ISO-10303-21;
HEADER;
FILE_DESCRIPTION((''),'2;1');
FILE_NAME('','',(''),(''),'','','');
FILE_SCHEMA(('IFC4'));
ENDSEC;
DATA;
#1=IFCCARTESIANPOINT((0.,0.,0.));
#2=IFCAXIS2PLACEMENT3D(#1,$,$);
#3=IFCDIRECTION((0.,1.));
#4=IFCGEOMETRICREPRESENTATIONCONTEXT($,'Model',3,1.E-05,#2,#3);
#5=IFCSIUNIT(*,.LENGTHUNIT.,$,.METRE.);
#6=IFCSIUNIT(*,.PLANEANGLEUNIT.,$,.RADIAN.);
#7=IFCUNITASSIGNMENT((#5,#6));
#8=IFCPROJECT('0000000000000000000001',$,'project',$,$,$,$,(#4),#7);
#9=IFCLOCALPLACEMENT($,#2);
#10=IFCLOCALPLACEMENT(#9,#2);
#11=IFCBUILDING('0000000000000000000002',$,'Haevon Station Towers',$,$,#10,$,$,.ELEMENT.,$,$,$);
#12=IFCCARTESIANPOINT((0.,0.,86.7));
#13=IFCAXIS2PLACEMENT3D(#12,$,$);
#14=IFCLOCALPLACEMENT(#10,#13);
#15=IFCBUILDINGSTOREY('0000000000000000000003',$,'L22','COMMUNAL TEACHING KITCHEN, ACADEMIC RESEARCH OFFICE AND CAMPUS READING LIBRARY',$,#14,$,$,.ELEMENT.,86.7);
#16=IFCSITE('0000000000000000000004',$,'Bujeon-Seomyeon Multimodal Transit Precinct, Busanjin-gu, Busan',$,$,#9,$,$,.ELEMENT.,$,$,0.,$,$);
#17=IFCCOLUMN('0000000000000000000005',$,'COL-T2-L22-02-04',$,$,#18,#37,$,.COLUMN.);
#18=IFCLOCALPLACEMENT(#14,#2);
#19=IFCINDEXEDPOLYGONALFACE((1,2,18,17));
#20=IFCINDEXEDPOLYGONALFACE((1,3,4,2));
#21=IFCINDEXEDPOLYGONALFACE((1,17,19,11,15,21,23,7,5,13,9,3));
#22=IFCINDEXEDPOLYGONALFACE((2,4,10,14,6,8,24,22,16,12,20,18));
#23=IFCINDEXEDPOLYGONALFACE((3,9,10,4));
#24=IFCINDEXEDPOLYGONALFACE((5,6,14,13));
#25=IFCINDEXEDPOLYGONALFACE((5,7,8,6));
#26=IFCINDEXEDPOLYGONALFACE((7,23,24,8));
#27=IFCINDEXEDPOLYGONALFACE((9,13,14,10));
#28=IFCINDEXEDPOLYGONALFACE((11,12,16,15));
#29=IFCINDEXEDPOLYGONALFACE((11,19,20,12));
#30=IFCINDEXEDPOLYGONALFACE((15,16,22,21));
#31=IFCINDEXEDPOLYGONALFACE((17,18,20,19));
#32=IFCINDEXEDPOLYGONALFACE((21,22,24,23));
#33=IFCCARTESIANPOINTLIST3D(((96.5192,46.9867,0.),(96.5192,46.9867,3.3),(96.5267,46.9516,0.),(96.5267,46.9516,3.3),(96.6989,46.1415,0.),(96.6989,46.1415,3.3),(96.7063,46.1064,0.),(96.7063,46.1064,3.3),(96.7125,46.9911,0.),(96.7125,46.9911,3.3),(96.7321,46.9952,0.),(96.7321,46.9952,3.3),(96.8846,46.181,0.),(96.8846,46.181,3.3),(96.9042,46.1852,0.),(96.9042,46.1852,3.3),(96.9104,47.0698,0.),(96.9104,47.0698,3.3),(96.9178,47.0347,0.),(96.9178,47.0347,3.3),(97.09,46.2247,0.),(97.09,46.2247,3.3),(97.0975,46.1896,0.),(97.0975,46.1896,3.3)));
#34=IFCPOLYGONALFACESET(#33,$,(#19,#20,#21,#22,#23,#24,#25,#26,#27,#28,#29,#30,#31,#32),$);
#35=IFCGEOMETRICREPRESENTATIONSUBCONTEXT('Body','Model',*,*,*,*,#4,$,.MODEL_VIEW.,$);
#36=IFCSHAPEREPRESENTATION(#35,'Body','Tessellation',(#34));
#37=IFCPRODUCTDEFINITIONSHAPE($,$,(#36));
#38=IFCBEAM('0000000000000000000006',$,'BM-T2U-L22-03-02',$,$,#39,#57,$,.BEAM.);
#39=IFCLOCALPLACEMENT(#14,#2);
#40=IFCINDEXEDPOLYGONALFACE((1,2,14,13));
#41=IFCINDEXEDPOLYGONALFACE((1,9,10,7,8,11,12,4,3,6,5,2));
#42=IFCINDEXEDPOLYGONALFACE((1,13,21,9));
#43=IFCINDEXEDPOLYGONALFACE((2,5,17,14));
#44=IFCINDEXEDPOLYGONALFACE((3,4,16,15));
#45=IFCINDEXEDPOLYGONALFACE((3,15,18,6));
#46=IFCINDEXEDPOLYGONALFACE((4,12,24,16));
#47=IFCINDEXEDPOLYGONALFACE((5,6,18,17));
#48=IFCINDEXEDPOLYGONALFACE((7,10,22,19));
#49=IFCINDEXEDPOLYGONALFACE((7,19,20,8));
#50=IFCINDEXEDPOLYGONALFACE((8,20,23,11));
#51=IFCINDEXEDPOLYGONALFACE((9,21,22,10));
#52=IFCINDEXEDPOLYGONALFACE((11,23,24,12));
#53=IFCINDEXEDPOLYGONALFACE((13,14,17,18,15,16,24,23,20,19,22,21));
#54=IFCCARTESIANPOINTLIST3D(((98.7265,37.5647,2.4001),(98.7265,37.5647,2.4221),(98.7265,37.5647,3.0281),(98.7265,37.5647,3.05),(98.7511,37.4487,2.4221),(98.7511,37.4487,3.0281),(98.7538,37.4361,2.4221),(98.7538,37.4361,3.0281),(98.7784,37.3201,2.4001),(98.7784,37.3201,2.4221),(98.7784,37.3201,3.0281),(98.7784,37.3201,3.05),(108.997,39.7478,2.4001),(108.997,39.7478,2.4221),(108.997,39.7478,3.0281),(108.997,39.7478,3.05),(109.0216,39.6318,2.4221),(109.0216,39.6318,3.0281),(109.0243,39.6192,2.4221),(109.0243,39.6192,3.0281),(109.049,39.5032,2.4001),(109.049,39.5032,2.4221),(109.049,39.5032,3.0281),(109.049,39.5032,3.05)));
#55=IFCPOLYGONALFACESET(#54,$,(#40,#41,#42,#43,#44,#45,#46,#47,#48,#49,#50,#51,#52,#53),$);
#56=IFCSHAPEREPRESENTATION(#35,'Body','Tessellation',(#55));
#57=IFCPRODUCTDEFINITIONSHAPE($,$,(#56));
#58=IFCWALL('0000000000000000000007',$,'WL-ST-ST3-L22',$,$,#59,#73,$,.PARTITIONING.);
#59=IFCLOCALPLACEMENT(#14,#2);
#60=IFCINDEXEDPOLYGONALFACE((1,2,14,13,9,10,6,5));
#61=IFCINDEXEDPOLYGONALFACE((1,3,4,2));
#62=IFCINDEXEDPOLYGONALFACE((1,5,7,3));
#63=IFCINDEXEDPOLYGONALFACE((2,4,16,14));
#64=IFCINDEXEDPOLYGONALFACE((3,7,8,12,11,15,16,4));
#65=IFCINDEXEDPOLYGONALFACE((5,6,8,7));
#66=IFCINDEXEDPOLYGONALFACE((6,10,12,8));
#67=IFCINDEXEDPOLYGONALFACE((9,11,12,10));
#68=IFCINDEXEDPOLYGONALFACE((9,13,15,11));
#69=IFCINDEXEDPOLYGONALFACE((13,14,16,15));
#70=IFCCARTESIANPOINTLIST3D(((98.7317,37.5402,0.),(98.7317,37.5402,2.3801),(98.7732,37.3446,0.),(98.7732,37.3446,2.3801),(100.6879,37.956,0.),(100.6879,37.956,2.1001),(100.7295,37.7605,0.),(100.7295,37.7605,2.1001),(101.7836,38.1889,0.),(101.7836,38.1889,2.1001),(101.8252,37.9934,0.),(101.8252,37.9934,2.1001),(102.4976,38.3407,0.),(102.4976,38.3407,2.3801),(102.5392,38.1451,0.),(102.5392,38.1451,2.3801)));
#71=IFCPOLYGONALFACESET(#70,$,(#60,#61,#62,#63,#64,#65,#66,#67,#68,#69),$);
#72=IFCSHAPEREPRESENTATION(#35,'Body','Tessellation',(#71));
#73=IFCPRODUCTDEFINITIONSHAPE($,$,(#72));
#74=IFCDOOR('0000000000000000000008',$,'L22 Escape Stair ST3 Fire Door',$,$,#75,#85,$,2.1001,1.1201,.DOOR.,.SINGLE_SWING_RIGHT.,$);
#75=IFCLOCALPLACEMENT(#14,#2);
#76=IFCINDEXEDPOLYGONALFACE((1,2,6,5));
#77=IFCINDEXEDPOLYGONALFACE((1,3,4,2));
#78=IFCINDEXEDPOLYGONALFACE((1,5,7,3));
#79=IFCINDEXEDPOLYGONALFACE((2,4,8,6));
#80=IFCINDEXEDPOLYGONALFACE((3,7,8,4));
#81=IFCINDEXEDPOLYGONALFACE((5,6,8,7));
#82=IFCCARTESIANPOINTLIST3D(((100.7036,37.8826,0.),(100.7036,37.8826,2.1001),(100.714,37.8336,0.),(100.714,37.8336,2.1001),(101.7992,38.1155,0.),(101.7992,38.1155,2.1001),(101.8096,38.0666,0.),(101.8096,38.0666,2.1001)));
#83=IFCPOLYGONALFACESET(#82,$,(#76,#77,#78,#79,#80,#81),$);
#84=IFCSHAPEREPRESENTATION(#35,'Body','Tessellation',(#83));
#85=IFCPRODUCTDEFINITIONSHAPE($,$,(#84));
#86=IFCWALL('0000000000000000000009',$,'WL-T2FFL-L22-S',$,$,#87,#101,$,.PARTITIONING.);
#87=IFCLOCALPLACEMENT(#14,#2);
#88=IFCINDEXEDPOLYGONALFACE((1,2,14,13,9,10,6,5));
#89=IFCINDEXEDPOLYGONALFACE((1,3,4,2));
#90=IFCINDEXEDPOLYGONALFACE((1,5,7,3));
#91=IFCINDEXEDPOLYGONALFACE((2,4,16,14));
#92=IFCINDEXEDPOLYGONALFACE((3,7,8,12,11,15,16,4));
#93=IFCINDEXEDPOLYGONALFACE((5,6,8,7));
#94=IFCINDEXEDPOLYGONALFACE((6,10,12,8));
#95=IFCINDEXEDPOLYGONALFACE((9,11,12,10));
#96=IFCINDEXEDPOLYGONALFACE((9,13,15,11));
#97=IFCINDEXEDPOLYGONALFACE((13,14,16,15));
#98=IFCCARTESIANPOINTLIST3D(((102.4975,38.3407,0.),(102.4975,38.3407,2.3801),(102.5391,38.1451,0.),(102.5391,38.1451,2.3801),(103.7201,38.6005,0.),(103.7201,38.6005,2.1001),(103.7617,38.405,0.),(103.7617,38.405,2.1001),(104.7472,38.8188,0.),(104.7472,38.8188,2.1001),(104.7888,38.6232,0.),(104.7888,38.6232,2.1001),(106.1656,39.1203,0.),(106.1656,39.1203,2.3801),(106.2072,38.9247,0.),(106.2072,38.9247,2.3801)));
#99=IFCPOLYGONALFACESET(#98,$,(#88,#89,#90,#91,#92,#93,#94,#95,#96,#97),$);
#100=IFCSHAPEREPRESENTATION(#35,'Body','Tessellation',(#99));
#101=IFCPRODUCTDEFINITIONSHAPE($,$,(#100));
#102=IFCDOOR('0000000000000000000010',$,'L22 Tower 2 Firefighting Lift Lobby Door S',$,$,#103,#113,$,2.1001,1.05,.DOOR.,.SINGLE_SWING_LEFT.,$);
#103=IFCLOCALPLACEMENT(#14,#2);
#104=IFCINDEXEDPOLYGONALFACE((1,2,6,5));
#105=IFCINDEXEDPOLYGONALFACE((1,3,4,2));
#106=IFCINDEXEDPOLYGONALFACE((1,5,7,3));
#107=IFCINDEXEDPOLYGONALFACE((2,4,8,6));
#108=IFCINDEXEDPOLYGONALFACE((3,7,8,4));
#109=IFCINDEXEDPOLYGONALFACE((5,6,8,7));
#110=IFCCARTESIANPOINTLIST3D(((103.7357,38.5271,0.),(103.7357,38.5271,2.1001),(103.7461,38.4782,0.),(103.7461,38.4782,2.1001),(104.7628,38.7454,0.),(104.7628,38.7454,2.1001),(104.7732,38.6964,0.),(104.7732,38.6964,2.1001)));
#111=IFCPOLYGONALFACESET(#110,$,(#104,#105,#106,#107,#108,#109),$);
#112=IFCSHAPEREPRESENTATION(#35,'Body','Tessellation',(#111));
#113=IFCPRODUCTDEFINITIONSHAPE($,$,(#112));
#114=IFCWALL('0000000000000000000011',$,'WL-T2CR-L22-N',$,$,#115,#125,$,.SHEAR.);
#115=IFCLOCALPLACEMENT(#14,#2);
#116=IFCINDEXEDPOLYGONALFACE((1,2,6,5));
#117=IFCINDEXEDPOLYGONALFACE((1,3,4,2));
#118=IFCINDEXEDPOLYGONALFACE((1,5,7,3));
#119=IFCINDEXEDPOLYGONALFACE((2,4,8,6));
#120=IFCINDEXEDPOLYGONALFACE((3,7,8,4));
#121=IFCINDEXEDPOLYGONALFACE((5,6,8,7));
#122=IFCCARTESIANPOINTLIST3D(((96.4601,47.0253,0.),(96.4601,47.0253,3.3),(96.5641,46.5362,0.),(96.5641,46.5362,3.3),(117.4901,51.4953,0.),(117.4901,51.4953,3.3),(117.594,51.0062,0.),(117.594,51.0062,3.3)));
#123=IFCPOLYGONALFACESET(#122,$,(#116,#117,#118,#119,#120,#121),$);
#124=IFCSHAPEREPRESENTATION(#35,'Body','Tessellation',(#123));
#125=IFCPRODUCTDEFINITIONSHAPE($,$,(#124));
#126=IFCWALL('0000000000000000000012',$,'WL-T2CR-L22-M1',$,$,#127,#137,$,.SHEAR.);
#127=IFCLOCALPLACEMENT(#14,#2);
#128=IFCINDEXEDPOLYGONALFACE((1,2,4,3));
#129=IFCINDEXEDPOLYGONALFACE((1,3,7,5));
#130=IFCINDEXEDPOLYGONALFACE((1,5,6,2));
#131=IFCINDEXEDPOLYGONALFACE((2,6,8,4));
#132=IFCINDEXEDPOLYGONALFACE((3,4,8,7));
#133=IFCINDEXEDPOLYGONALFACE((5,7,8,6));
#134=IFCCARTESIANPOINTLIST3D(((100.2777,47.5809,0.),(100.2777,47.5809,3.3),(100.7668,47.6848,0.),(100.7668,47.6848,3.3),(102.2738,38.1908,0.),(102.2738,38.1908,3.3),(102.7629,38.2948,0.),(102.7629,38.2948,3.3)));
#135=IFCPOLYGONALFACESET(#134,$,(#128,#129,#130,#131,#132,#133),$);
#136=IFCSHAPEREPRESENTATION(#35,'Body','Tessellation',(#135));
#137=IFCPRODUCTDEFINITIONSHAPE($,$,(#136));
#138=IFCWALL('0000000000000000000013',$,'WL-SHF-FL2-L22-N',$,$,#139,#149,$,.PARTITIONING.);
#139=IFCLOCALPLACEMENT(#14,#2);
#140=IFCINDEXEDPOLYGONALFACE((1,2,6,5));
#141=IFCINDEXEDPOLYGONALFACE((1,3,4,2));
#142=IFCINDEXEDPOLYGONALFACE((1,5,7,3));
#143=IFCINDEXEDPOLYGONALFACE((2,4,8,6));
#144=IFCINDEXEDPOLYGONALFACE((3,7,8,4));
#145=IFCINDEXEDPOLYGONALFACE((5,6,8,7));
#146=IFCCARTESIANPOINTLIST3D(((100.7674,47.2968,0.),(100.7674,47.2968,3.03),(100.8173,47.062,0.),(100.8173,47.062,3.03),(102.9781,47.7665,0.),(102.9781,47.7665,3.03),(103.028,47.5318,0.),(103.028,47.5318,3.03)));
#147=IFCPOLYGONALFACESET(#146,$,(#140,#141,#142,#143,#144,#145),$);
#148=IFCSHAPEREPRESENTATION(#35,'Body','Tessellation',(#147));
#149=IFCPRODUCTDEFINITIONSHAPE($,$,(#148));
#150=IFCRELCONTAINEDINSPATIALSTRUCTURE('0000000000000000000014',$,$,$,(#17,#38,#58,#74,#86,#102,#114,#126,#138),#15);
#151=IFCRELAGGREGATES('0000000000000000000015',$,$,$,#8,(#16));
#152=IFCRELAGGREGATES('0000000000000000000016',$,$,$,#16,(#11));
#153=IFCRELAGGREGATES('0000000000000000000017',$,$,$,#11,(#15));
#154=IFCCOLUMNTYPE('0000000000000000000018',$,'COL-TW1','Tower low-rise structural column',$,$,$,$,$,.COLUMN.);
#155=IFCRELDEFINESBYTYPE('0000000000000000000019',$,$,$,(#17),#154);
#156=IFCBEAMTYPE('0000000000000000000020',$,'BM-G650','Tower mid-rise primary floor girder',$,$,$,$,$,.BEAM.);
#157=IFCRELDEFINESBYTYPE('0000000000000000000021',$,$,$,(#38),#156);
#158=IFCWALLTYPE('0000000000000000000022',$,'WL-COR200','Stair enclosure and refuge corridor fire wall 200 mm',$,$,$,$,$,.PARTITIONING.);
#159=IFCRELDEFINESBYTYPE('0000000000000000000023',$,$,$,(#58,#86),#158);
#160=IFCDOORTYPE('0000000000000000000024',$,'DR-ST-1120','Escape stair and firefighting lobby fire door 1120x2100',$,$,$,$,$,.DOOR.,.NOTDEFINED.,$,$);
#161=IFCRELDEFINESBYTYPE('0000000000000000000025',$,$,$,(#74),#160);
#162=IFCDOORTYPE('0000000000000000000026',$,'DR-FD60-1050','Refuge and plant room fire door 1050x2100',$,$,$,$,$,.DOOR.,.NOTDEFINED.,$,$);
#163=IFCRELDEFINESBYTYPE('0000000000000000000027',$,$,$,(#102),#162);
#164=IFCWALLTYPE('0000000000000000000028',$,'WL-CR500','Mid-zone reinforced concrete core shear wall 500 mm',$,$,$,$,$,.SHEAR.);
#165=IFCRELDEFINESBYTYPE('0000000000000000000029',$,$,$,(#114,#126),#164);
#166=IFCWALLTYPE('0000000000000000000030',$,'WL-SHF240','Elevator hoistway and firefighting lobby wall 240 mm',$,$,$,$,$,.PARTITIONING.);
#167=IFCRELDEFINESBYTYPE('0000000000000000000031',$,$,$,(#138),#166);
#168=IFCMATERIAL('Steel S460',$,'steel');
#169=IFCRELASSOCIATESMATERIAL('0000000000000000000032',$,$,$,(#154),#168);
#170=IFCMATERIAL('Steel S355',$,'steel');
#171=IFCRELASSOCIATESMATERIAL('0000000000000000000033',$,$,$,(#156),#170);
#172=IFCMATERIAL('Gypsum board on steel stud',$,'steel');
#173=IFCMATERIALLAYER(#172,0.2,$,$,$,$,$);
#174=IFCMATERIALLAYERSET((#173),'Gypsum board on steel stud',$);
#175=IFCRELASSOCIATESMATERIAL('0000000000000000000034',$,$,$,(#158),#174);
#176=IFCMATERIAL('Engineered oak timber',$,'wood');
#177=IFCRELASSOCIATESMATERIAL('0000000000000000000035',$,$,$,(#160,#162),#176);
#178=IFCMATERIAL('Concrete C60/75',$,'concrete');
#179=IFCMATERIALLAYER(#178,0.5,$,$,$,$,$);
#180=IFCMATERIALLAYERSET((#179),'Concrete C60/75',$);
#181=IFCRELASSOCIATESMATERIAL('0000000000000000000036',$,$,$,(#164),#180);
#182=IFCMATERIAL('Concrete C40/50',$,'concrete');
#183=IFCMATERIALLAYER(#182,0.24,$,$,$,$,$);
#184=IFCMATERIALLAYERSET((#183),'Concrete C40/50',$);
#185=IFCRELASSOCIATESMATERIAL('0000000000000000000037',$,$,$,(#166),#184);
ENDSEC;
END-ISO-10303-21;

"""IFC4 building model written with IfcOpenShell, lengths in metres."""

from ifc_helpers import new_model, si_unit, direction, frame, frame_2d, origin, origin_2d, place, context, subcontext, project, spatial, rectangle, i_section, extrude, material, layer, layer_set, material_profile, profile_set, type_object, element, fill, save


model = new_model("IFC4")

# Units and contexts
model_context = context("Model", 3, precision=1e-05, world=origin(), true_north=direction((0.0, 1.0)))
body_context = subcontext(model_context, "Body", "Model", "MODEL_VIEW")
ifc_project = project(units=[si_unit("LENGTHUNIT", "METRE"), si_unit("PLANEANGLEUNIT", "RADIAN")], contexts=[model_context])

# Site, building, storey
site_placement = place(None, origin())
site = spatial("IfcSite", under=ifc_project, at=site_placement, Name="Bujeon-Seomyeon Multimodal Transit Precinct, Busanjin-gu, Busan", CompositionType="ELEMENT", RefElevation=0.0)
building_placement = place(site_placement, origin())
building = spatial("IfcBuilding", under=site, at=building_placement, Name="Haevon Station Towers", CompositionType="ELEMENT")
storey_placement = place(building_placement, frame((0.0, 0.0, 86.7)))
storey = spatial("IfcBuildingStorey", under=building, at=storey_placement, Name="L22", Description="COMMUNAL TEACHING KITCHEN, ACADEMIC RESEARCH OFFICE AND CAMPUS READING LIBRARY", CompositionType="ELEMENT", Elevation=86.7)

# Column
ifc_material_1 = material(Name="Steel S460", Category="steel")
ifc_material_profile_1 = material_profile(ifc_material_1, i_section(OverallWidth=0.3999, OverallDepth=0.8999, WebThickness=0.02, FlangeThickness=0.0359, at=origin_2d()), Name="H-900x400x20x36")
ifc_profile_set_1 = profile_set([ifc_material_profile_1], Name="Steel S460")
column_type = type_object("IfcColumnType", Name="COL-TW1", Description="Tower low-rise structural column", PredefinedType="COLUMN", material=ifc_profile_set_1)
column_placement = place(storey_placement, frame((96.8083, 46.5881, 0.0), z_axis=(0.0, 0.0, 1.0), x_axis=(0.978148, 0.207912, 0.0)))
element("IfcColumn", 1, at=column_placement, inside=storey, type_object=column_type, Name="COL-T2-L22-02-04", PredefinedType="COLUMN", context=body_context, shape_type="SweptSolid", body=[
    extrude(i_section(OverallWidth=0.3999, OverallDepth=0.8999, WebThickness=0.02, FlangeThickness=0.0359, at=origin_2d()), origin(), (0.0, 0.0, 1.0), 3.3),
])

# Beam
ifc_material_2 = material(Name="Steel S355", Category="steel")
ifc_material_profile_2 = material_profile(ifc_material_2, i_section(OverallWidth=0.25, OverallDepth=0.6499, WebThickness=0.0129, FlangeThickness=0.022, at=origin_2d()), Name="H-650x250x13x22")
ifc_profile_set_2 = profile_set([ifc_material_profile_2], Name="Steel S355")
beam_type = type_object("IfcBeamType", Name="BM-G650", Description="Tower mid-rise primary floor girder", PredefinedType="BEAM", material=ifc_profile_set_2)
beam_placement = place(storey_placement, frame((98.7524, 37.4424, 2.7251), z_axis=(0.978147, 0.207915, 0.0), x_axis=(-0.207915, 0.978147, 0.0)))
element("IfcBeam", 2, at=beam_placement, inside=storey, type_object=beam_type, Name="BM-T2U-L22-03-02", PredefinedType="BEAM", context=body_context, shape_type="SweptSolid", body=[
    extrude(i_section(OverallWidth=0.25, OverallDepth=0.6499, WebThickness=0.0129, FlangeThickness=0.022, at=origin_2d()), origin(), (0.0, 0.0, 1.0), 10.5),
])

# Walls, openings, doors
ifc_material_3 = material(Name="Gypsum board on steel stud", Category="steel")
ifc_layer_1 = layer(ifc_material_3, 0.2)
ifc_layer_set_1 = layer_set([ifc_layer_1], Name="Gypsum board on steel stud")
wall_type_1 = type_object("IfcWallType", Name="WL-COR200", Description="Stair enclosure and refuge corridor fire wall 200 mm", PredefinedType="PARTITIONING", material=ifc_layer_set_1)
wall_1_placement = place(storey_placement, frame((98.7524, 37.4424, 0.0), z_axis=(0.0, 0.0, 1.0), x_axis=(0.978144, 0.207931, 0.0)))
wall_1 = element("IfcWall", 3, at=wall_1_placement, inside=storey, type_object=wall_type_1, Name="WL-ST-ST3-L22", PredefinedType="PARTITIONING", context=body_context, shape_type="SweptSolid", body=[
    extrude(rectangle(XDim=3.8501, YDim=0.2, at=frame_2d((1.925, 0.0))), origin(), (0.0, 0.0, 1.0), 2.3801),
])
opening_1_placement = place(wall_1_placement, frame((2.0, 0.0, 0.0)))
opening_1 = element("IfcOpeningElement", 4, at=opening_1_placement, cuts=wall_1, PredefinedType="OPENING", context=body_context, shape_type="SweptSolid", body=[
    extrude(rectangle(XDim=1.1201, YDim=2.1001, at=frame_2d((0.5601, 1.05))), frame((0.0, 0.1099, 0.0), z_axis=(0.0, -1.0, 0.0), x_axis=(1.0, 0.0, 0.0)), (0.0, 0.0, 1.0), 0.22),
])
ifc_material_4 = material(Name="Engineered oak timber", Category="wood")
door_type_1 = type_object("IfcDoorType", Name="DR-ST-1120", Description="Escape stair and firefighting lobby fire door 1120x2100", OperationType="NOTDEFINED", PredefinedType="DOOR", material=ifc_material_4)
door_1_placement = place(opening_1_placement, origin())
door_1 = element("IfcDoor", 5, at=door_1_placement, inside=storey, type_object=door_type_1, Name="L22 Escape Stair ST3 Fire Door", OperationType="SINGLE_SWING_RIGHT", OverallHeight=2.1001, OverallWidth=1.1201, PredefinedType="DOOR", context=body_context, shape_type="SweptSolid", body=[
    extrude(rectangle(XDim=1.1201, YDim=2.1001, at=frame_2d((0.5601, 1.05))), frame((0.0, 0.0249, 0.0), z_axis=(0.0, -1.0, 0.0), x_axis=(1.0, 0.0, 0.0)), (0.0, 0.0, 1.0), 0.05),
])
fill(opening_1, door_1)
wall_2_placement = place(storey_placement, frame((102.5183, 38.2429, 0.0), z_axis=(0.0, 0.0, 1.0), x_axis=(0.978154, 0.207884, 0.0)))
wall_2 = element("IfcWall", 6, at=wall_2_placement, inside=storey, type_object=wall_type_1, Name="WL-T2FFL-L22-S", PredefinedType="PARTITIONING", context=body_context, shape_type="SweptSolid", body=[
    extrude(rectangle(XDim=3.75, YDim=0.2, at=frame_2d((1.875, 0.0))), origin(), (0.0, 0.0, 1.0), 2.3801),
])
opening_2_placement = place(wall_2_placement, frame((1.25, 0.0, 0.0)))
opening_2 = element("IfcOpeningElement", 7, at=opening_2_placement, cuts=wall_2, PredefinedType="OPENING", context=body_context, shape_type="SweptSolid", body=[
    extrude(rectangle(XDim=1.05, YDim=2.1001, at=frame_2d((0.5249, 1.05))), frame((0.0, 0.1099, 0.0), z_axis=(0.0, -1.0, 0.0), x_axis=(1.0, 0.0, 0.0)), (0.0, 0.0, 1.0), 0.22),
])
door_type_2 = type_object("IfcDoorType", Name="DR-FD60-1050", Description="Refuge and plant room fire door 1050x2100", OperationType="NOTDEFINED", PredefinedType="DOOR", material=ifc_material_4)
door_2_placement = place(opening_2_placement, origin())
door_2 = element("IfcDoor", 8, at=door_2_placement, inside=storey, type_object=door_type_2, Name="L22 Tower 2 Firefighting Lift Lobby Door S", OperationType="SINGLE_SWING_LEFT", OverallHeight=2.1001, OverallWidth=1.05, PredefinedType="DOOR", context=body_context, shape_type="SweptSolid", body=[
    extrude(rectangle(XDim=1.05, YDim=2.1001, at=frame_2d((0.5249, 1.05))), frame((0.0, 0.0249, 0.0), z_axis=(0.0, -1.0, 0.0), x_axis=(1.0, 0.0, 0.0)), (0.0, 0.0, 1.0), 0.05),
])
fill(opening_2, door_2)

# Walls
ifc_material_5 = material(Name="Concrete C60/75", Category="concrete")
ifc_layer_2 = layer(ifc_material_5, 0.5)
ifc_layer_set_2 = layer_set([ifc_layer_2], Name="Concrete C60/75")
wall_type_2 = type_object("IfcWallType", Name="WL-CR500", Description="Mid-zone reinforced concrete core shear wall 500 mm", PredefinedType="SHEAR", material=ifc_layer_set_2)
wall_3_placement = place(storey_placement, frame((96.512, 46.7808, 0.0), z_axis=(0.0, 0.0, 1.0), x_axis=(0.978149, 0.207907, 0.0)))
element("IfcWall", 9, at=wall_3_placement, inside=storey, type_object=wall_type_2, Name="WL-T2CR-L22-N", PredefinedType="SHEAR", context=body_context, shape_type="SweptSolid", body=[
    extrude(rectangle(XDim=21.4998, YDim=0.5, at=frame_2d((10.75, 0.0))), origin(), (0.0, 0.0, 1.0), 3.3),
])
wall_4_placement = place(storey_placement, frame((102.5183, 38.2429, 0.0), z_axis=(0.0, 0.0, 1.0), x_axis=(-0.207927, 0.978144, 0.0)))
element("IfcWall", 10, at=wall_4_placement, inside=storey, type_object=wall_type_2, Name="WL-T2CR-L22-M1", PredefinedType="SHEAR", context=body_context, shape_type="SweptSolid", body=[
    extrude(rectangle(XDim=9.5999, YDim=0.5, at=frame_2d((4.7998, 0.0))), origin(), (0.0, 0.0, 1.0), 3.3),
])

# Shared definitions
ifc_material_6 = material(Name="Concrete C40/50", Category="concrete")
ifc_layer_3 = layer(ifc_material_6, 0.24)
ifc_layer_set_3 = layer_set([ifc_layer_3], Name="Concrete C40/50")
wall_type_3 = type_object("IfcWallType", Name="WL-SHF240", Description="Elevator hoistway and firefighting lobby wall 240 mm", PredefinedType="PARTITIONING", material=ifc_layer_set_3)

# Wall
wall_5_placement = place(storey_placement, frame((100.7925, 47.1794, 0.0), z_axis=(0.0, 0.0, 1.0), x_axis=(0.978163, 0.207839, 0.0)))
element("IfcWall", 11, at=wall_5_placement, inside=storey, type_object=wall_type_3, Name="WL-SHF-FL2-L22-N", PredefinedType="PARTITIONING", context=body_context, shape_type="SweptSolid", body=[
    extrude(rectangle(XDim=2.26, YDim=0.24, at=frame_2d((1.1299, 0.0))), origin(), (0.0, 0.0, 1.0), 3.03),
])

save(model, "model.ifc")
